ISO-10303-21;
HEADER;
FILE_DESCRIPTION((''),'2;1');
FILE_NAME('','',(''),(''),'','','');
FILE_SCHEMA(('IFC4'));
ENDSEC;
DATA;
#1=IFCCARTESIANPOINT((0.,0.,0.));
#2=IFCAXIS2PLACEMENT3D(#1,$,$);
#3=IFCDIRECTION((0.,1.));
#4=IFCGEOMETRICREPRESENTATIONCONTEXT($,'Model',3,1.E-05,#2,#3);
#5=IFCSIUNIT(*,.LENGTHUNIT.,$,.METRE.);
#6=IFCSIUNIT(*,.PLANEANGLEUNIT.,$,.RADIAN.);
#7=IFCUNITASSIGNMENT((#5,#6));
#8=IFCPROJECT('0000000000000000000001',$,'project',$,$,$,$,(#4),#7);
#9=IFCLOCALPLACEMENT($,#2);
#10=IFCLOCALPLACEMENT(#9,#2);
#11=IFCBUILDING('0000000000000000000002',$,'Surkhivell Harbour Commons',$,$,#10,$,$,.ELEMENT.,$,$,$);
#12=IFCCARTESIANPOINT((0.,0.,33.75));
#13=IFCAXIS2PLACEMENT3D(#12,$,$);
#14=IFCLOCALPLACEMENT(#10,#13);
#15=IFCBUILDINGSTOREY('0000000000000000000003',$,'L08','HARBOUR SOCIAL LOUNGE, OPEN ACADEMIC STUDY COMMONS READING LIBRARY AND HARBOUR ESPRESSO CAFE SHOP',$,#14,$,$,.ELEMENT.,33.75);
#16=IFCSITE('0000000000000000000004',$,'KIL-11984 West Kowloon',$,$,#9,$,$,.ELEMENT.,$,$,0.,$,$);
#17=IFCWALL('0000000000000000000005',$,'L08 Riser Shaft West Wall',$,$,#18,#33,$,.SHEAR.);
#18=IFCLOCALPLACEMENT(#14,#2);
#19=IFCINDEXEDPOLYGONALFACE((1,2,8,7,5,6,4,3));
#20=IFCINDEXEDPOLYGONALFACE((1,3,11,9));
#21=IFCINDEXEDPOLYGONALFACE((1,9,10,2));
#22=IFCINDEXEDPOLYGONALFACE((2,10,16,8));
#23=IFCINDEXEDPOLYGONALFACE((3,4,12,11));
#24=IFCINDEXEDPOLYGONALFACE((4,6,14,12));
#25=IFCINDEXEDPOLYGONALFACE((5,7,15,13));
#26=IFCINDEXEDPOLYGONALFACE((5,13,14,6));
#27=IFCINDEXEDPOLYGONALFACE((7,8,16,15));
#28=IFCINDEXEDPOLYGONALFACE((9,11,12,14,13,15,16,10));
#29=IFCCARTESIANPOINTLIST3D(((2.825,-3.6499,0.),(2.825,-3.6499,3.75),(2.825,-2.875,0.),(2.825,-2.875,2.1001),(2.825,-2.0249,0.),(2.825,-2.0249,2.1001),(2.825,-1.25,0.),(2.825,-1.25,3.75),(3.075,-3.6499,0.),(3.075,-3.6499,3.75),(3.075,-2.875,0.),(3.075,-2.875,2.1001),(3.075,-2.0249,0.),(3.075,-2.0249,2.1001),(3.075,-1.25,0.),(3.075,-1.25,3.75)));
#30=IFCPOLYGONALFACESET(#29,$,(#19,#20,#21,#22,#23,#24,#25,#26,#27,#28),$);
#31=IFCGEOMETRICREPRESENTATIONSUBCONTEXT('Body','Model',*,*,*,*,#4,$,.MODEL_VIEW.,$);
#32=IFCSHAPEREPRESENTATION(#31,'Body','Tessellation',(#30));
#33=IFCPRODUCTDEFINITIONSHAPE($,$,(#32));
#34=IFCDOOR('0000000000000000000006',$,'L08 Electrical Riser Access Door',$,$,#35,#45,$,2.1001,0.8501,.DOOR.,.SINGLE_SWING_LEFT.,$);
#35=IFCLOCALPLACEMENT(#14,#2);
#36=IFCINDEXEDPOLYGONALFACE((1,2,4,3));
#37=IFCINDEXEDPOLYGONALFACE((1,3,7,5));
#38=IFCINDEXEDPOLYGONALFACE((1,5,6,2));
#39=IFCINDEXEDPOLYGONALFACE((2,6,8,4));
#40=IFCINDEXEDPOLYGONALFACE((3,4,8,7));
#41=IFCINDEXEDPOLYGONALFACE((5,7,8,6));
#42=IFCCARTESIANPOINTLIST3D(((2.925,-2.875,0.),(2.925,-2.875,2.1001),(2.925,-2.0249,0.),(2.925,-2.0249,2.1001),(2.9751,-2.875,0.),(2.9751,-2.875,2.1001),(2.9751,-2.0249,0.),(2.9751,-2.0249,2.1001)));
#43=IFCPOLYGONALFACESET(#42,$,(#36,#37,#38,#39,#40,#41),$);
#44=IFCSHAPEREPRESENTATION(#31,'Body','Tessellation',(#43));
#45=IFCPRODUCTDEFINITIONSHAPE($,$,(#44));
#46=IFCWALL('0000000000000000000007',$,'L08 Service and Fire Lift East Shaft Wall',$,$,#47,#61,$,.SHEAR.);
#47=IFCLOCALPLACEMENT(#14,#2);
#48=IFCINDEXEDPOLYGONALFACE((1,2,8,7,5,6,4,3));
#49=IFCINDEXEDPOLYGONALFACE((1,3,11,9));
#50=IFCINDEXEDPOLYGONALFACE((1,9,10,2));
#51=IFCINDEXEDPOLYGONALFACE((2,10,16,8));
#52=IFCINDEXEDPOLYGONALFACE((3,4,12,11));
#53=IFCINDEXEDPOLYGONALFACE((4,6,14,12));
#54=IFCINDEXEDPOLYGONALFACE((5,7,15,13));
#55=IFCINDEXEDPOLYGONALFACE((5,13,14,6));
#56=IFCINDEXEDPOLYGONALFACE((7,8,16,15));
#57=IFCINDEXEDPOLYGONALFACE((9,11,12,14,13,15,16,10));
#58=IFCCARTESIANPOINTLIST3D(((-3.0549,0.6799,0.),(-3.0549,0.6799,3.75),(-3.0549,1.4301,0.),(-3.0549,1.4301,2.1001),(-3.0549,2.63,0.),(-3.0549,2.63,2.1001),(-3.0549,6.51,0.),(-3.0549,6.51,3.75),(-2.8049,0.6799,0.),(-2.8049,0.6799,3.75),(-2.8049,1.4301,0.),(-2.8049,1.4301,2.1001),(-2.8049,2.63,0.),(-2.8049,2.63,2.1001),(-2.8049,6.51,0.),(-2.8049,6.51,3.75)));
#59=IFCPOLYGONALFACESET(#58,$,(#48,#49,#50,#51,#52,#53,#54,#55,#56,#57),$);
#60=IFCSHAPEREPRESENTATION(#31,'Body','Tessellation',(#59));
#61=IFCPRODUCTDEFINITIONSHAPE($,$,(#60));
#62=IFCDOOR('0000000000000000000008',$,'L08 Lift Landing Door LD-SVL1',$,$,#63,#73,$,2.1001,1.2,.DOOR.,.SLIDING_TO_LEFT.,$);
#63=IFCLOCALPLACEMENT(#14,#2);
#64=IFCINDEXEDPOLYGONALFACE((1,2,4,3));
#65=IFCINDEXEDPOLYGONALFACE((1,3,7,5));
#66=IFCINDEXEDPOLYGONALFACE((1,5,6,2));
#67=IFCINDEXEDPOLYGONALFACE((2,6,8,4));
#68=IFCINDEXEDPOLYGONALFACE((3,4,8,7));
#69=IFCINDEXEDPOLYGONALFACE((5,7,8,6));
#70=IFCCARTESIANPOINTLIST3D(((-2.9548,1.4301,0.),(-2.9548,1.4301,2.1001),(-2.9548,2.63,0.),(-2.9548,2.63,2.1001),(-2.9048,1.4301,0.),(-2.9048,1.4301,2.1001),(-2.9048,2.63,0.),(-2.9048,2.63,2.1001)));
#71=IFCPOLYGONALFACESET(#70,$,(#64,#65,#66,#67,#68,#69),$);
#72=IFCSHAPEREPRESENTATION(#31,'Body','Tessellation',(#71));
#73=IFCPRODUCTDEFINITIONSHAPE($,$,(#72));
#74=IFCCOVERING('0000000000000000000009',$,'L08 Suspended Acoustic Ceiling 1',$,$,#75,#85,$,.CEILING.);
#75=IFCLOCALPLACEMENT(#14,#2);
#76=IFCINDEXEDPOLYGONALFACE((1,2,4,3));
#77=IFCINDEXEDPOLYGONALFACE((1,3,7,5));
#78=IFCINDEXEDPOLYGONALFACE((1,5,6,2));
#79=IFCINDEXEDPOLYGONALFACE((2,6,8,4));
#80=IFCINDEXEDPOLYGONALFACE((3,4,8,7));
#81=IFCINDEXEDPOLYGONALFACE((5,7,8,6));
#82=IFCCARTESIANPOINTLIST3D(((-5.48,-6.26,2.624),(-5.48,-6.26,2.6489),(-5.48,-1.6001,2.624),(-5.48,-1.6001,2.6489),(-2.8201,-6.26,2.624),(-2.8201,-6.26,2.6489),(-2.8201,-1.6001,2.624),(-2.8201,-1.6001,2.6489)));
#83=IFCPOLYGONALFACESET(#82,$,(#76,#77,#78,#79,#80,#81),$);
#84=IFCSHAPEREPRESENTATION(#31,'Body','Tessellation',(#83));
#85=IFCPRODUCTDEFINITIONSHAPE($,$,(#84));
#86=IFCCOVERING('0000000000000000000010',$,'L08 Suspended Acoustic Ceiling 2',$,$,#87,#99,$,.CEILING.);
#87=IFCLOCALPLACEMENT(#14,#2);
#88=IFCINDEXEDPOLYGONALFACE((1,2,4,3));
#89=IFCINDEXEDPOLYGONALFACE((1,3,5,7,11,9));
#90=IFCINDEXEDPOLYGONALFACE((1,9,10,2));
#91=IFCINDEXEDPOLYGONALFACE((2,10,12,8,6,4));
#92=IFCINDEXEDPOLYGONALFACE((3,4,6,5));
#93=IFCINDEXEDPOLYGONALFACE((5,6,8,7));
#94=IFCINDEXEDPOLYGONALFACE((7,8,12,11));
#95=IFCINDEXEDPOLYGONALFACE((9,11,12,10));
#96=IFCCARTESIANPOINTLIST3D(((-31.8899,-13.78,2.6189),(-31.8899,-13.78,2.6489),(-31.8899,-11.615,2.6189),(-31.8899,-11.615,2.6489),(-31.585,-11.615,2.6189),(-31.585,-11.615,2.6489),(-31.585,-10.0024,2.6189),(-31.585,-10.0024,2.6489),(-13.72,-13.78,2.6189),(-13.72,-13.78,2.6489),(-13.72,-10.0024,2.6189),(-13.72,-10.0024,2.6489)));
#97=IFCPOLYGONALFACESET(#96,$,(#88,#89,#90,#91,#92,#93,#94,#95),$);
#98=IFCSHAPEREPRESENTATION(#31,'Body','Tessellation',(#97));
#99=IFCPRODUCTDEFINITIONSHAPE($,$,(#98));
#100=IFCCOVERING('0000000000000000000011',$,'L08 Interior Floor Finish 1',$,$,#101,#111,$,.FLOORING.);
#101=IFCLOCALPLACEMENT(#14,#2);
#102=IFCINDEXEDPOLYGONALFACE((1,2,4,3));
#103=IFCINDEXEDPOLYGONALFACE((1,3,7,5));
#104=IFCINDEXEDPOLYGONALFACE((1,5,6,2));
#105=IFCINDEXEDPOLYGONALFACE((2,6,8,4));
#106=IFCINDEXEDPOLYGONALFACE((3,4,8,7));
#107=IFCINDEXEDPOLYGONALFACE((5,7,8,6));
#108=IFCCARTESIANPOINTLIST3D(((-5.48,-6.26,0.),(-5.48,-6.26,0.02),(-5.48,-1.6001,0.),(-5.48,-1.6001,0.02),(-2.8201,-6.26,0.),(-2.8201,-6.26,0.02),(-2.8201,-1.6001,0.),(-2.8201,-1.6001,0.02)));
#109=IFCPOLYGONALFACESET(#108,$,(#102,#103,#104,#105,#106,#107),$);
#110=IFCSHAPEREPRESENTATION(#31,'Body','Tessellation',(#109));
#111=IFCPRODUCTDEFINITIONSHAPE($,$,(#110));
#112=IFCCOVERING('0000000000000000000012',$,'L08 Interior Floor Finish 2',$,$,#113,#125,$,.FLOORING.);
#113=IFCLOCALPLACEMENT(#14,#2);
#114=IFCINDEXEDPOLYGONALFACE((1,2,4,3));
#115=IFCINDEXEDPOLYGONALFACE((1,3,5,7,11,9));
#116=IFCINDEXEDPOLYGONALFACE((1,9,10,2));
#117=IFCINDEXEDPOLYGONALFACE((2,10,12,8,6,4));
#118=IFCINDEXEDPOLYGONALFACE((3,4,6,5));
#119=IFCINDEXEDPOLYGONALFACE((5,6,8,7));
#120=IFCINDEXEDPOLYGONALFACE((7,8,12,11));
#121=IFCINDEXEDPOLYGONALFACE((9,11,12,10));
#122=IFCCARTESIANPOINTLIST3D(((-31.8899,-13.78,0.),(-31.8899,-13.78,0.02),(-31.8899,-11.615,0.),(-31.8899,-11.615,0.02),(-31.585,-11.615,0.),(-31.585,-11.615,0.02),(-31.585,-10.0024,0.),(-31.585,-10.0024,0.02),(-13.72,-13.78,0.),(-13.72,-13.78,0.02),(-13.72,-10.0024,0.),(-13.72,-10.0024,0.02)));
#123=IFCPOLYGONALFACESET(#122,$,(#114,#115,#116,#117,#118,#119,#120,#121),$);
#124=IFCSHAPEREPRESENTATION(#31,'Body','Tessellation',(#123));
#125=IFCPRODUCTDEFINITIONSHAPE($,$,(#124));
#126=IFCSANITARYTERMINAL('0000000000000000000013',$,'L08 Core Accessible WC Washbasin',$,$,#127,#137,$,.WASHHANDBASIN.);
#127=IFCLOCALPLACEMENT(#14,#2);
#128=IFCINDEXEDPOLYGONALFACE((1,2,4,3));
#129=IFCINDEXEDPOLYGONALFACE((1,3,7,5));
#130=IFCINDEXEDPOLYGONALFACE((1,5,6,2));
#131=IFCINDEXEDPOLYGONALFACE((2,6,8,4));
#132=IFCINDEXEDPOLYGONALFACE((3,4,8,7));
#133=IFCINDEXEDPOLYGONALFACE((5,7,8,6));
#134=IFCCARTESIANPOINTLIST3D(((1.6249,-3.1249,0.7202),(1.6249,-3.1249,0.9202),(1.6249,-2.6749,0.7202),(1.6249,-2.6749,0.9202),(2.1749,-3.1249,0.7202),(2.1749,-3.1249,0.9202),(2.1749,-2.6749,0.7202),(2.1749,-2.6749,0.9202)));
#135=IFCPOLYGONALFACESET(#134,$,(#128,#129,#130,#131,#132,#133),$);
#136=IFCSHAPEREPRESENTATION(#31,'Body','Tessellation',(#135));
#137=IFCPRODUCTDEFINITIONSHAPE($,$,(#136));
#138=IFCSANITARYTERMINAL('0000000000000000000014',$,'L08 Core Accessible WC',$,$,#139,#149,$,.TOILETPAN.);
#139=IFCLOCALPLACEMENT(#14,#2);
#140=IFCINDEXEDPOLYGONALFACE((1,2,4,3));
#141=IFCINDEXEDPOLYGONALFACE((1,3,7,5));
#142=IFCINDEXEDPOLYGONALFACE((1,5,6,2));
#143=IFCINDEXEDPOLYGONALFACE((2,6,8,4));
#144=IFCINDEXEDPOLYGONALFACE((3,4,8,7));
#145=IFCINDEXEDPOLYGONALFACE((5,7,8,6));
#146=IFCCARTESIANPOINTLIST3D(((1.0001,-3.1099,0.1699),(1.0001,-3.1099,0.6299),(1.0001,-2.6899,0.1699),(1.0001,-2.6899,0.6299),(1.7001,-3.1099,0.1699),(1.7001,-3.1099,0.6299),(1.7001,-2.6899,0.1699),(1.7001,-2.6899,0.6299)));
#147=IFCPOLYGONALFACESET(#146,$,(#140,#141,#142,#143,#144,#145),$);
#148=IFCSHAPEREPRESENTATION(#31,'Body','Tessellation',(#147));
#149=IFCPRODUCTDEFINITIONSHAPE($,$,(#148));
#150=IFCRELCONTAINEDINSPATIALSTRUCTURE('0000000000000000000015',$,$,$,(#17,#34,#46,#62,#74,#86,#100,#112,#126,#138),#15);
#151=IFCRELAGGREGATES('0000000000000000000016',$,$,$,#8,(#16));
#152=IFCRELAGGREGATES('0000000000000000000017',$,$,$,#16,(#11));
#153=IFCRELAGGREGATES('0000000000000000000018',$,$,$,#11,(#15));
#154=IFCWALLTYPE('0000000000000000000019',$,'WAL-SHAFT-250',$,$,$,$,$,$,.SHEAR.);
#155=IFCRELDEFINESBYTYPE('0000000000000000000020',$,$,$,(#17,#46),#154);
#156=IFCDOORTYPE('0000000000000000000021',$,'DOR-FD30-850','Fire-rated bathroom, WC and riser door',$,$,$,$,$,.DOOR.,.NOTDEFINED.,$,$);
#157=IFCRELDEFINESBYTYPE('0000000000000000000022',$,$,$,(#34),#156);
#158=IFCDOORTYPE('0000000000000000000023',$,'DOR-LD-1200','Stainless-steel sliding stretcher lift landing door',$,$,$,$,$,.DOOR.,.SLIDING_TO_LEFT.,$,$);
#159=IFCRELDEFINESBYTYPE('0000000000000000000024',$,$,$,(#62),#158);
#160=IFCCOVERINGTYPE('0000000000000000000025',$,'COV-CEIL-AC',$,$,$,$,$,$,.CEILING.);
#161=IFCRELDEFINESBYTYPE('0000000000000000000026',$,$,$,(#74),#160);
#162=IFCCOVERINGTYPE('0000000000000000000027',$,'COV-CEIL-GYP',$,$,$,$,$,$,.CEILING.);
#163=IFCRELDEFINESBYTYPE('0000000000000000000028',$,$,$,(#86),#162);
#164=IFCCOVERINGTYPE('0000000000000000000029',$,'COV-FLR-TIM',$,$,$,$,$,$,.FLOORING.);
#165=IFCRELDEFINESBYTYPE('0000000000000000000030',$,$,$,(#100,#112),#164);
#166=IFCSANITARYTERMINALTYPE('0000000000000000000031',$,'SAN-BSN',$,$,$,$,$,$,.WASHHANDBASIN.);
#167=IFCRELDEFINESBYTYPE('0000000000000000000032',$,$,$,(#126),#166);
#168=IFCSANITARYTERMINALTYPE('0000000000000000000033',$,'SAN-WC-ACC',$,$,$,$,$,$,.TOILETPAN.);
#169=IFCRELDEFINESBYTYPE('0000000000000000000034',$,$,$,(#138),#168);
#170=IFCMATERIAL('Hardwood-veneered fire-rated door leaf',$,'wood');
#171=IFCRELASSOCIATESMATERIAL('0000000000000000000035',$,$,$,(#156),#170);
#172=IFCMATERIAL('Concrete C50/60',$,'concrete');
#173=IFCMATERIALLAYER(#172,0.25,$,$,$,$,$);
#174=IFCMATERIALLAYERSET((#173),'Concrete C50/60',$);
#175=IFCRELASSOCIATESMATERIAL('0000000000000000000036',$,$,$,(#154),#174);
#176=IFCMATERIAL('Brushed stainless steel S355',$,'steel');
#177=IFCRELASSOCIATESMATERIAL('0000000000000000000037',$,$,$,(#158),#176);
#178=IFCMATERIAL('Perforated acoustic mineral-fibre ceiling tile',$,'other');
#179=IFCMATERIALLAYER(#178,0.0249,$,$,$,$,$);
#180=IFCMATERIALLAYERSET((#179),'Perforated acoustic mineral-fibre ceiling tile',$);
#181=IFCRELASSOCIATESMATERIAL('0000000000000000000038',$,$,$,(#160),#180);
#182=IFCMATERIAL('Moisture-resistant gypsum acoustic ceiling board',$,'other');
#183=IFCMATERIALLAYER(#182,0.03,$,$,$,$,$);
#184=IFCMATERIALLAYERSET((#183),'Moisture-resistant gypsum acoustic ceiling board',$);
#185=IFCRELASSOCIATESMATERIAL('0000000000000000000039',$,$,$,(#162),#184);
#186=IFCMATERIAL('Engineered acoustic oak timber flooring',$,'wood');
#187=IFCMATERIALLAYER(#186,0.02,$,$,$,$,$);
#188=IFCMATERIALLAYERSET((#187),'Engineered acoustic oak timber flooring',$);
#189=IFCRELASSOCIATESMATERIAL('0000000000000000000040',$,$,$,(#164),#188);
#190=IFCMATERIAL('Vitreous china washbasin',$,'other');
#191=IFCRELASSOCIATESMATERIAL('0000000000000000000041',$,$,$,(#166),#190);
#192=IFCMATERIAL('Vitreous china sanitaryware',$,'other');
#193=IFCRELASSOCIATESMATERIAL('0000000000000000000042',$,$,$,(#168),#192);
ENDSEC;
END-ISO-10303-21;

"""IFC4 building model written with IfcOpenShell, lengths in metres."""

from ifc_helpers import new_model, si_unit, direction, frame, frame_2d, origin, origin_2d, place, context, subcontext, project, spatial, polyline, rectangle, outline, extrude, material, layer, layer_set, type_object, element, fill, save


model = new_model("IFC4")

# Units and contexts
model_context = context("Model", 3, precision=1e-05, world=origin(), true_north=direction((0.0, 1.0)))
body_context = subcontext(model_context, "Body", "Model", "MODEL_VIEW")
ifc_project = project(units=[si_unit("LENGTHUNIT", "METRE"), si_unit("PLANEANGLEUNIT", "RADIAN")], contexts=[model_context])

# Site, building, storey
site_placement = place(None, origin())
site = spatial("IfcSite", under=ifc_project, at=site_placement, Name="KIL-11984 West Kowloon", CompositionType="ELEMENT", RefElevation=0.0)
building_placement = place(site_placement, origin())
building = spatial("IfcBuilding", under=site, at=building_placement, Name="Surkhivell Harbour Commons", CompositionType="ELEMENT")
storey_placement = place(building_placement, frame((0.0, 0.0, 33.75)))
storey = spatial("IfcBuildingStorey", under=building, at=storey_placement, Name="L08", Description="HARBOUR SOCIAL LOUNGE, OPEN ACADEMIC STUDY COMMONS READING LIBRARY AND HARBOUR ESPRESSO CAFE SHOP", CompositionType="ELEMENT", Elevation=33.75)

# Shared definitions
ifc_material_1 = material(Name="Hardwood-veneered fire-rated door leaf", Category="wood")
door_type_1 = type_object("IfcDoorType", Name="DOR-FD30-850", Description="Fire-rated bathroom, WC and riser door", OperationType="NOTDEFINED", PredefinedType="DOOR", material=ifc_material_1)

# Shared definitions
ifc_material_2 = material(Name="Concrete C50/60", Category="concrete")
ifc_layer_1 = layer(ifc_material_2, 0.25)
ifc_layer_set_1 = layer_set([ifc_layer_1], Name="Concrete C50/60")
wall_type_1 = type_object("IfcWallType", Name="WAL-SHAFT-250", PredefinedType="SHEAR", material=ifc_layer_set_1)

# Walls, openings, doors
wall_1_placement = place(storey_placement, frame((2.95, -3.6499, 0.0), z_axis=(0.0, 0.0, 1.0), x_axis=(0.0, 1.0, 0.0)))
wall_1 = element("IfcWall", 1, at=wall_1_placement, inside=storey, type_object=wall_type_1, Name="L08 Riser Shaft West Wall", PredefinedType="SHEAR", context=body_context, shape_type="SweptSolid", body=[
    extrude(rectangle(XDim=2.3999, YDim=0.25, at=frame_2d((1.2, 0.0))), origin(), (0.0, 0.0, 1.0), 3.75),
])
opening_1_placement = place(wall_1_placement, frame((0.7749, 0.0, 0.0)))
opening_1 = element("IfcOpeningElement", 2, at=opening_1_placement, cuts=wall_1, PredefinedType="OPENING", context=body_context, shape_type="SweptSolid", body=[
    extrude(rectangle(XDim=0.8501, YDim=2.1001, at=frame_2d((0.425, 1.05))), frame((0.0, 0.135, 0.0), z_axis=(0.0, -1.0, 0.0), x_axis=(1.0, 0.0, 0.0)), (0.0, 0.0, 1.0), 0.27),
])
door_1_placement = place(opening_1_placement, origin())
door_1 = element("IfcDoor", 3, at=door_1_placement, inside=storey, type_object=door_type_1, Name="L08 Electrical Riser Access Door", OperationType="SINGLE_SWING_LEFT", OverallHeight=2.1001, OverallWidth=0.8501, PredefinedType="DOOR", context=body_context, shape_type="SweptSolid", body=[
    extrude(rectangle(XDim=0.8501, YDim=2.1001, at=frame_2d((0.425, 1.05))), frame((0.0, 0.0249, 0.0), z_axis=(0.0, -1.0, 0.0), x_axis=(1.0, 0.0, 0.0)), (0.0, 0.0, 1.0), 0.05),
])
fill(opening_1, door_1)
wall_2_placement = place(storey_placement, frame((-2.9299, 0.6799, 0.0), z_axis=(0.0, 0.0, 1.0), x_axis=(0.0, 1.0, 0.0)))
wall_2 = element("IfcWall", 4, at=wall_2_placement, inside=storey, type_object=wall_type_1, Name="L08 Service and Fire Lift East Shaft Wall", PredefinedType="SHEAR", context=body_context, shape_type="SweptSolid", body=[
    extrude(rectangle(XDim=5.8301, YDim=0.25, at=frame_2d((2.915, 0.0))), origin(), (0.0, 0.0, 1.0), 3.75),
])
opening_2_placement = place(wall_2_placement, frame((0.75, 0.0, 0.0)))
opening_2 = element("IfcOpeningElement", 5, at=opening_2_placement, cuts=wall_2, PredefinedType="OPENING", context=body_context, shape_type="SweptSolid", body=[
    extrude(rectangle(XDim=1.2, YDim=2.1001, at=frame_2d((0.6001, 1.05))), frame((0.0, 0.135, 0.0), z_axis=(0.0, -1.0, 0.0), x_axis=(1.0, 0.0, 0.0)), (0.0, 0.0, 1.0), 0.27),
])
ifc_material_3 = material(Name="Brushed stainless steel S355", Category="steel")
door_type_2 = type_object("IfcDoorType", Name="DOR-LD-1200", Description="Stainless-steel sliding stretcher lift landing door", OperationType="SLIDING_TO_LEFT", PredefinedType="DOOR", material=ifc_material_3)
door_2_placement = place(opening_2_placement, origin())
door_2 = element("IfcDoor", 6, at=door_2_placement, inside=storey, type_object=door_type_2, Name="L08 Lift Landing Door LD-SVL1", OperationType="SLIDING_TO_LEFT", OverallHeight=2.1001, OverallWidth=1.2, PredefinedType="DOOR", context=body_context, shape_type="SweptSolid", body=[
    extrude(rectangle(XDim=1.2, YDim=2.1001, at=frame_2d((0.6001, 1.05))), frame((0.0, 0.0249, 0.0), z_axis=(0.0, -1.0, 0.0), x_axis=(1.0, 0.0, 0.0)), (0.0, 0.0, 1.0), 0.05),
])
fill(opening_2, door_2)

# Coverings
ifc_material_4 = material(Name="Perforated acoustic mineral-fibre ceiling tile", Category="other")
ifc_layer_2 = layer(ifc_material_4, 0.0249)
ifc_layer_set_2 = layer_set([ifc_layer_2], Name="Perforated acoustic mineral-fibre ceiling tile")
covering_type_1 = type_object("IfcCoveringType", Name="COV-CEIL-AC", PredefinedType="CEILING", material=ifc_layer_set_2)
covering_1_placement = place(storey_placement, frame((0.0, 0.0, 2.624)))
element("IfcCovering", 7, at=covering_1_placement, inside=storey, type_object=covering_type_1, Name="L08 Suspended Acoustic Ceiling 1", PredefinedType="CEILING", context=body_context, shape_type="SweptSolid", body=[
    extrude(outline(polyline([(-5.48, -6.26), (-2.8201, -6.26), (-2.8201, -1.6001), (-5.48, -1.6001), (-5.48, -6.26)])), origin(), (0.0, 0.0, 1.0), 0.0249),
])
ifc_material_5 = material(Name="Moisture-resistant gypsum acoustic ceiling board", Category="other")
ifc_layer_3 = layer(ifc_material_5, 0.03)
ifc_layer_set_3 = layer_set([ifc_layer_3], Name="Moisture-resistant gypsum acoustic ceiling board")
covering_type_2 = type_object("IfcCoveringType", Name="COV-CEIL-GYP", PredefinedType="CEILING", material=ifc_layer_set_3)
covering_2_placement = place(storey_placement, frame((0.0, 0.0, 2.6189)))
element("IfcCovering", 8, at=covering_2_placement, inside=storey, type_object=covering_type_2, Name="L08 Suspended Acoustic Ceiling 2", PredefinedType="CEILING", context=body_context, shape_type="SweptSolid", body=[
    extrude(outline(polyline([(-31.585, -10.0024), (-31.585, -11.615), (-31.8899, -11.615), (-31.8899, -13.78), (-13.72, -13.78), (-13.72, -10.0024), (-31.585, -10.0024)])), origin(), (0.0, 0.0, 1.0), 0.03),
])
ifc_material_6 = material(Name="Engineered acoustic oak timber flooring", Category="wood")
ifc_layer_4 = layer(ifc_material_6, 0.02)
ifc_layer_set_4 = layer_set([ifc_layer_4], Name="Engineered acoustic oak timber flooring")
covering_type_3 = type_object("IfcCoveringType", Name="COV-FLR-TIM", PredefinedType="FLOORING", material=ifc_layer_set_4)
covering_3_placement = place(storey_placement, origin())
element("IfcCovering", 9, at=covering_3_placement, inside=storey, type_object=covering_type_3, Name="L08 Interior Floor Finish 1", PredefinedType="FLOORING", context=body_context, shape_type="SweptSolid", body=[
    extrude(outline(polyline([(-5.48, -6.26), (-2.8201, -6.26), (-2.8201, -1.6001), (-5.48, -1.6001), (-5.48, -6.26)])), origin(), (0.0, 0.0, 1.0), 0.02),
])
covering_4_placement = place(storey_placement, origin())
element("IfcCovering", 10, at=covering_4_placement, inside=storey, type_object=covering_type_3, Name="L08 Interior Floor Finish 2", PredefinedType="FLOORING", context=body_context, shape_type="SweptSolid", body=[
    extrude(outline(polyline([(-31.585, -10.0024), (-31.585, -11.615), (-31.8899, -11.615), (-31.8899, -13.78), (-13.72, -13.78), (-13.72, -10.0024), (-31.585, -10.0024)])), origin(), (0.0, 0.0, 1.0), 0.02),
])

# Sanitary terminals
ifc_material_7 = material(Name="Vitreous china washbasin", Category="other")
sanitary_terminal_type_1 = type_object("IfcSanitaryTerminalType", Name="SAN-BSN", PredefinedType="WASHHANDBASIN", material=ifc_material_7)
sanitary_terminal_1_placement = place(storey_placement, frame((1.8999, -2.8999, 0.7202), z_axis=(0.0, 0.0, 1.0), x_axis=(1.0, 0.0, 0.0)))
element("IfcSanitaryTerminal", 11, at=sanitary_terminal_1_placement, inside=storey, type_object=sanitary_terminal_type_1, Name="L08 Core Accessible WC Washbasin", PredefinedType="WASHHANDBASIN", context=body_context, shape_type="SweptSolid", body=[
    extrude(rectangle(XDim=0.55, YDim=0.45, at=origin_2d()), origin(), (0.0, 0.0, 1.0), 0.2),
])
ifc_material_8 = material(Name="Vitreous china sanitaryware", Category="other")
sanitary_terminal_type_2 = type_object("IfcSanitaryTerminalType", Name="SAN-WC-ACC", PredefinedType="TOILETPAN", material=ifc_material_8)
sanitary_terminal_2_placement = place(storey_placement, frame((1.3501, -2.8999, 0.1699), z_axis=(0.0, 0.0, 1.0), x_axis=(1.0, 0.0, 0.0)))
element("IfcSanitaryTerminal", 12, at=sanitary_terminal_2_placement, inside=storey, type_object=sanitary_terminal_type_2, Name="L08 Core Accessible WC", PredefinedType="TOILETPAN", context=body_context, shape_type="SweptSolid", body=[
    extrude(rectangle(XDim=0.7, YDim=0.4199, at=origin_2d()), origin(), (0.0, 0.0, 1.0), 0.46),
])

save(model, "model.ifc")
